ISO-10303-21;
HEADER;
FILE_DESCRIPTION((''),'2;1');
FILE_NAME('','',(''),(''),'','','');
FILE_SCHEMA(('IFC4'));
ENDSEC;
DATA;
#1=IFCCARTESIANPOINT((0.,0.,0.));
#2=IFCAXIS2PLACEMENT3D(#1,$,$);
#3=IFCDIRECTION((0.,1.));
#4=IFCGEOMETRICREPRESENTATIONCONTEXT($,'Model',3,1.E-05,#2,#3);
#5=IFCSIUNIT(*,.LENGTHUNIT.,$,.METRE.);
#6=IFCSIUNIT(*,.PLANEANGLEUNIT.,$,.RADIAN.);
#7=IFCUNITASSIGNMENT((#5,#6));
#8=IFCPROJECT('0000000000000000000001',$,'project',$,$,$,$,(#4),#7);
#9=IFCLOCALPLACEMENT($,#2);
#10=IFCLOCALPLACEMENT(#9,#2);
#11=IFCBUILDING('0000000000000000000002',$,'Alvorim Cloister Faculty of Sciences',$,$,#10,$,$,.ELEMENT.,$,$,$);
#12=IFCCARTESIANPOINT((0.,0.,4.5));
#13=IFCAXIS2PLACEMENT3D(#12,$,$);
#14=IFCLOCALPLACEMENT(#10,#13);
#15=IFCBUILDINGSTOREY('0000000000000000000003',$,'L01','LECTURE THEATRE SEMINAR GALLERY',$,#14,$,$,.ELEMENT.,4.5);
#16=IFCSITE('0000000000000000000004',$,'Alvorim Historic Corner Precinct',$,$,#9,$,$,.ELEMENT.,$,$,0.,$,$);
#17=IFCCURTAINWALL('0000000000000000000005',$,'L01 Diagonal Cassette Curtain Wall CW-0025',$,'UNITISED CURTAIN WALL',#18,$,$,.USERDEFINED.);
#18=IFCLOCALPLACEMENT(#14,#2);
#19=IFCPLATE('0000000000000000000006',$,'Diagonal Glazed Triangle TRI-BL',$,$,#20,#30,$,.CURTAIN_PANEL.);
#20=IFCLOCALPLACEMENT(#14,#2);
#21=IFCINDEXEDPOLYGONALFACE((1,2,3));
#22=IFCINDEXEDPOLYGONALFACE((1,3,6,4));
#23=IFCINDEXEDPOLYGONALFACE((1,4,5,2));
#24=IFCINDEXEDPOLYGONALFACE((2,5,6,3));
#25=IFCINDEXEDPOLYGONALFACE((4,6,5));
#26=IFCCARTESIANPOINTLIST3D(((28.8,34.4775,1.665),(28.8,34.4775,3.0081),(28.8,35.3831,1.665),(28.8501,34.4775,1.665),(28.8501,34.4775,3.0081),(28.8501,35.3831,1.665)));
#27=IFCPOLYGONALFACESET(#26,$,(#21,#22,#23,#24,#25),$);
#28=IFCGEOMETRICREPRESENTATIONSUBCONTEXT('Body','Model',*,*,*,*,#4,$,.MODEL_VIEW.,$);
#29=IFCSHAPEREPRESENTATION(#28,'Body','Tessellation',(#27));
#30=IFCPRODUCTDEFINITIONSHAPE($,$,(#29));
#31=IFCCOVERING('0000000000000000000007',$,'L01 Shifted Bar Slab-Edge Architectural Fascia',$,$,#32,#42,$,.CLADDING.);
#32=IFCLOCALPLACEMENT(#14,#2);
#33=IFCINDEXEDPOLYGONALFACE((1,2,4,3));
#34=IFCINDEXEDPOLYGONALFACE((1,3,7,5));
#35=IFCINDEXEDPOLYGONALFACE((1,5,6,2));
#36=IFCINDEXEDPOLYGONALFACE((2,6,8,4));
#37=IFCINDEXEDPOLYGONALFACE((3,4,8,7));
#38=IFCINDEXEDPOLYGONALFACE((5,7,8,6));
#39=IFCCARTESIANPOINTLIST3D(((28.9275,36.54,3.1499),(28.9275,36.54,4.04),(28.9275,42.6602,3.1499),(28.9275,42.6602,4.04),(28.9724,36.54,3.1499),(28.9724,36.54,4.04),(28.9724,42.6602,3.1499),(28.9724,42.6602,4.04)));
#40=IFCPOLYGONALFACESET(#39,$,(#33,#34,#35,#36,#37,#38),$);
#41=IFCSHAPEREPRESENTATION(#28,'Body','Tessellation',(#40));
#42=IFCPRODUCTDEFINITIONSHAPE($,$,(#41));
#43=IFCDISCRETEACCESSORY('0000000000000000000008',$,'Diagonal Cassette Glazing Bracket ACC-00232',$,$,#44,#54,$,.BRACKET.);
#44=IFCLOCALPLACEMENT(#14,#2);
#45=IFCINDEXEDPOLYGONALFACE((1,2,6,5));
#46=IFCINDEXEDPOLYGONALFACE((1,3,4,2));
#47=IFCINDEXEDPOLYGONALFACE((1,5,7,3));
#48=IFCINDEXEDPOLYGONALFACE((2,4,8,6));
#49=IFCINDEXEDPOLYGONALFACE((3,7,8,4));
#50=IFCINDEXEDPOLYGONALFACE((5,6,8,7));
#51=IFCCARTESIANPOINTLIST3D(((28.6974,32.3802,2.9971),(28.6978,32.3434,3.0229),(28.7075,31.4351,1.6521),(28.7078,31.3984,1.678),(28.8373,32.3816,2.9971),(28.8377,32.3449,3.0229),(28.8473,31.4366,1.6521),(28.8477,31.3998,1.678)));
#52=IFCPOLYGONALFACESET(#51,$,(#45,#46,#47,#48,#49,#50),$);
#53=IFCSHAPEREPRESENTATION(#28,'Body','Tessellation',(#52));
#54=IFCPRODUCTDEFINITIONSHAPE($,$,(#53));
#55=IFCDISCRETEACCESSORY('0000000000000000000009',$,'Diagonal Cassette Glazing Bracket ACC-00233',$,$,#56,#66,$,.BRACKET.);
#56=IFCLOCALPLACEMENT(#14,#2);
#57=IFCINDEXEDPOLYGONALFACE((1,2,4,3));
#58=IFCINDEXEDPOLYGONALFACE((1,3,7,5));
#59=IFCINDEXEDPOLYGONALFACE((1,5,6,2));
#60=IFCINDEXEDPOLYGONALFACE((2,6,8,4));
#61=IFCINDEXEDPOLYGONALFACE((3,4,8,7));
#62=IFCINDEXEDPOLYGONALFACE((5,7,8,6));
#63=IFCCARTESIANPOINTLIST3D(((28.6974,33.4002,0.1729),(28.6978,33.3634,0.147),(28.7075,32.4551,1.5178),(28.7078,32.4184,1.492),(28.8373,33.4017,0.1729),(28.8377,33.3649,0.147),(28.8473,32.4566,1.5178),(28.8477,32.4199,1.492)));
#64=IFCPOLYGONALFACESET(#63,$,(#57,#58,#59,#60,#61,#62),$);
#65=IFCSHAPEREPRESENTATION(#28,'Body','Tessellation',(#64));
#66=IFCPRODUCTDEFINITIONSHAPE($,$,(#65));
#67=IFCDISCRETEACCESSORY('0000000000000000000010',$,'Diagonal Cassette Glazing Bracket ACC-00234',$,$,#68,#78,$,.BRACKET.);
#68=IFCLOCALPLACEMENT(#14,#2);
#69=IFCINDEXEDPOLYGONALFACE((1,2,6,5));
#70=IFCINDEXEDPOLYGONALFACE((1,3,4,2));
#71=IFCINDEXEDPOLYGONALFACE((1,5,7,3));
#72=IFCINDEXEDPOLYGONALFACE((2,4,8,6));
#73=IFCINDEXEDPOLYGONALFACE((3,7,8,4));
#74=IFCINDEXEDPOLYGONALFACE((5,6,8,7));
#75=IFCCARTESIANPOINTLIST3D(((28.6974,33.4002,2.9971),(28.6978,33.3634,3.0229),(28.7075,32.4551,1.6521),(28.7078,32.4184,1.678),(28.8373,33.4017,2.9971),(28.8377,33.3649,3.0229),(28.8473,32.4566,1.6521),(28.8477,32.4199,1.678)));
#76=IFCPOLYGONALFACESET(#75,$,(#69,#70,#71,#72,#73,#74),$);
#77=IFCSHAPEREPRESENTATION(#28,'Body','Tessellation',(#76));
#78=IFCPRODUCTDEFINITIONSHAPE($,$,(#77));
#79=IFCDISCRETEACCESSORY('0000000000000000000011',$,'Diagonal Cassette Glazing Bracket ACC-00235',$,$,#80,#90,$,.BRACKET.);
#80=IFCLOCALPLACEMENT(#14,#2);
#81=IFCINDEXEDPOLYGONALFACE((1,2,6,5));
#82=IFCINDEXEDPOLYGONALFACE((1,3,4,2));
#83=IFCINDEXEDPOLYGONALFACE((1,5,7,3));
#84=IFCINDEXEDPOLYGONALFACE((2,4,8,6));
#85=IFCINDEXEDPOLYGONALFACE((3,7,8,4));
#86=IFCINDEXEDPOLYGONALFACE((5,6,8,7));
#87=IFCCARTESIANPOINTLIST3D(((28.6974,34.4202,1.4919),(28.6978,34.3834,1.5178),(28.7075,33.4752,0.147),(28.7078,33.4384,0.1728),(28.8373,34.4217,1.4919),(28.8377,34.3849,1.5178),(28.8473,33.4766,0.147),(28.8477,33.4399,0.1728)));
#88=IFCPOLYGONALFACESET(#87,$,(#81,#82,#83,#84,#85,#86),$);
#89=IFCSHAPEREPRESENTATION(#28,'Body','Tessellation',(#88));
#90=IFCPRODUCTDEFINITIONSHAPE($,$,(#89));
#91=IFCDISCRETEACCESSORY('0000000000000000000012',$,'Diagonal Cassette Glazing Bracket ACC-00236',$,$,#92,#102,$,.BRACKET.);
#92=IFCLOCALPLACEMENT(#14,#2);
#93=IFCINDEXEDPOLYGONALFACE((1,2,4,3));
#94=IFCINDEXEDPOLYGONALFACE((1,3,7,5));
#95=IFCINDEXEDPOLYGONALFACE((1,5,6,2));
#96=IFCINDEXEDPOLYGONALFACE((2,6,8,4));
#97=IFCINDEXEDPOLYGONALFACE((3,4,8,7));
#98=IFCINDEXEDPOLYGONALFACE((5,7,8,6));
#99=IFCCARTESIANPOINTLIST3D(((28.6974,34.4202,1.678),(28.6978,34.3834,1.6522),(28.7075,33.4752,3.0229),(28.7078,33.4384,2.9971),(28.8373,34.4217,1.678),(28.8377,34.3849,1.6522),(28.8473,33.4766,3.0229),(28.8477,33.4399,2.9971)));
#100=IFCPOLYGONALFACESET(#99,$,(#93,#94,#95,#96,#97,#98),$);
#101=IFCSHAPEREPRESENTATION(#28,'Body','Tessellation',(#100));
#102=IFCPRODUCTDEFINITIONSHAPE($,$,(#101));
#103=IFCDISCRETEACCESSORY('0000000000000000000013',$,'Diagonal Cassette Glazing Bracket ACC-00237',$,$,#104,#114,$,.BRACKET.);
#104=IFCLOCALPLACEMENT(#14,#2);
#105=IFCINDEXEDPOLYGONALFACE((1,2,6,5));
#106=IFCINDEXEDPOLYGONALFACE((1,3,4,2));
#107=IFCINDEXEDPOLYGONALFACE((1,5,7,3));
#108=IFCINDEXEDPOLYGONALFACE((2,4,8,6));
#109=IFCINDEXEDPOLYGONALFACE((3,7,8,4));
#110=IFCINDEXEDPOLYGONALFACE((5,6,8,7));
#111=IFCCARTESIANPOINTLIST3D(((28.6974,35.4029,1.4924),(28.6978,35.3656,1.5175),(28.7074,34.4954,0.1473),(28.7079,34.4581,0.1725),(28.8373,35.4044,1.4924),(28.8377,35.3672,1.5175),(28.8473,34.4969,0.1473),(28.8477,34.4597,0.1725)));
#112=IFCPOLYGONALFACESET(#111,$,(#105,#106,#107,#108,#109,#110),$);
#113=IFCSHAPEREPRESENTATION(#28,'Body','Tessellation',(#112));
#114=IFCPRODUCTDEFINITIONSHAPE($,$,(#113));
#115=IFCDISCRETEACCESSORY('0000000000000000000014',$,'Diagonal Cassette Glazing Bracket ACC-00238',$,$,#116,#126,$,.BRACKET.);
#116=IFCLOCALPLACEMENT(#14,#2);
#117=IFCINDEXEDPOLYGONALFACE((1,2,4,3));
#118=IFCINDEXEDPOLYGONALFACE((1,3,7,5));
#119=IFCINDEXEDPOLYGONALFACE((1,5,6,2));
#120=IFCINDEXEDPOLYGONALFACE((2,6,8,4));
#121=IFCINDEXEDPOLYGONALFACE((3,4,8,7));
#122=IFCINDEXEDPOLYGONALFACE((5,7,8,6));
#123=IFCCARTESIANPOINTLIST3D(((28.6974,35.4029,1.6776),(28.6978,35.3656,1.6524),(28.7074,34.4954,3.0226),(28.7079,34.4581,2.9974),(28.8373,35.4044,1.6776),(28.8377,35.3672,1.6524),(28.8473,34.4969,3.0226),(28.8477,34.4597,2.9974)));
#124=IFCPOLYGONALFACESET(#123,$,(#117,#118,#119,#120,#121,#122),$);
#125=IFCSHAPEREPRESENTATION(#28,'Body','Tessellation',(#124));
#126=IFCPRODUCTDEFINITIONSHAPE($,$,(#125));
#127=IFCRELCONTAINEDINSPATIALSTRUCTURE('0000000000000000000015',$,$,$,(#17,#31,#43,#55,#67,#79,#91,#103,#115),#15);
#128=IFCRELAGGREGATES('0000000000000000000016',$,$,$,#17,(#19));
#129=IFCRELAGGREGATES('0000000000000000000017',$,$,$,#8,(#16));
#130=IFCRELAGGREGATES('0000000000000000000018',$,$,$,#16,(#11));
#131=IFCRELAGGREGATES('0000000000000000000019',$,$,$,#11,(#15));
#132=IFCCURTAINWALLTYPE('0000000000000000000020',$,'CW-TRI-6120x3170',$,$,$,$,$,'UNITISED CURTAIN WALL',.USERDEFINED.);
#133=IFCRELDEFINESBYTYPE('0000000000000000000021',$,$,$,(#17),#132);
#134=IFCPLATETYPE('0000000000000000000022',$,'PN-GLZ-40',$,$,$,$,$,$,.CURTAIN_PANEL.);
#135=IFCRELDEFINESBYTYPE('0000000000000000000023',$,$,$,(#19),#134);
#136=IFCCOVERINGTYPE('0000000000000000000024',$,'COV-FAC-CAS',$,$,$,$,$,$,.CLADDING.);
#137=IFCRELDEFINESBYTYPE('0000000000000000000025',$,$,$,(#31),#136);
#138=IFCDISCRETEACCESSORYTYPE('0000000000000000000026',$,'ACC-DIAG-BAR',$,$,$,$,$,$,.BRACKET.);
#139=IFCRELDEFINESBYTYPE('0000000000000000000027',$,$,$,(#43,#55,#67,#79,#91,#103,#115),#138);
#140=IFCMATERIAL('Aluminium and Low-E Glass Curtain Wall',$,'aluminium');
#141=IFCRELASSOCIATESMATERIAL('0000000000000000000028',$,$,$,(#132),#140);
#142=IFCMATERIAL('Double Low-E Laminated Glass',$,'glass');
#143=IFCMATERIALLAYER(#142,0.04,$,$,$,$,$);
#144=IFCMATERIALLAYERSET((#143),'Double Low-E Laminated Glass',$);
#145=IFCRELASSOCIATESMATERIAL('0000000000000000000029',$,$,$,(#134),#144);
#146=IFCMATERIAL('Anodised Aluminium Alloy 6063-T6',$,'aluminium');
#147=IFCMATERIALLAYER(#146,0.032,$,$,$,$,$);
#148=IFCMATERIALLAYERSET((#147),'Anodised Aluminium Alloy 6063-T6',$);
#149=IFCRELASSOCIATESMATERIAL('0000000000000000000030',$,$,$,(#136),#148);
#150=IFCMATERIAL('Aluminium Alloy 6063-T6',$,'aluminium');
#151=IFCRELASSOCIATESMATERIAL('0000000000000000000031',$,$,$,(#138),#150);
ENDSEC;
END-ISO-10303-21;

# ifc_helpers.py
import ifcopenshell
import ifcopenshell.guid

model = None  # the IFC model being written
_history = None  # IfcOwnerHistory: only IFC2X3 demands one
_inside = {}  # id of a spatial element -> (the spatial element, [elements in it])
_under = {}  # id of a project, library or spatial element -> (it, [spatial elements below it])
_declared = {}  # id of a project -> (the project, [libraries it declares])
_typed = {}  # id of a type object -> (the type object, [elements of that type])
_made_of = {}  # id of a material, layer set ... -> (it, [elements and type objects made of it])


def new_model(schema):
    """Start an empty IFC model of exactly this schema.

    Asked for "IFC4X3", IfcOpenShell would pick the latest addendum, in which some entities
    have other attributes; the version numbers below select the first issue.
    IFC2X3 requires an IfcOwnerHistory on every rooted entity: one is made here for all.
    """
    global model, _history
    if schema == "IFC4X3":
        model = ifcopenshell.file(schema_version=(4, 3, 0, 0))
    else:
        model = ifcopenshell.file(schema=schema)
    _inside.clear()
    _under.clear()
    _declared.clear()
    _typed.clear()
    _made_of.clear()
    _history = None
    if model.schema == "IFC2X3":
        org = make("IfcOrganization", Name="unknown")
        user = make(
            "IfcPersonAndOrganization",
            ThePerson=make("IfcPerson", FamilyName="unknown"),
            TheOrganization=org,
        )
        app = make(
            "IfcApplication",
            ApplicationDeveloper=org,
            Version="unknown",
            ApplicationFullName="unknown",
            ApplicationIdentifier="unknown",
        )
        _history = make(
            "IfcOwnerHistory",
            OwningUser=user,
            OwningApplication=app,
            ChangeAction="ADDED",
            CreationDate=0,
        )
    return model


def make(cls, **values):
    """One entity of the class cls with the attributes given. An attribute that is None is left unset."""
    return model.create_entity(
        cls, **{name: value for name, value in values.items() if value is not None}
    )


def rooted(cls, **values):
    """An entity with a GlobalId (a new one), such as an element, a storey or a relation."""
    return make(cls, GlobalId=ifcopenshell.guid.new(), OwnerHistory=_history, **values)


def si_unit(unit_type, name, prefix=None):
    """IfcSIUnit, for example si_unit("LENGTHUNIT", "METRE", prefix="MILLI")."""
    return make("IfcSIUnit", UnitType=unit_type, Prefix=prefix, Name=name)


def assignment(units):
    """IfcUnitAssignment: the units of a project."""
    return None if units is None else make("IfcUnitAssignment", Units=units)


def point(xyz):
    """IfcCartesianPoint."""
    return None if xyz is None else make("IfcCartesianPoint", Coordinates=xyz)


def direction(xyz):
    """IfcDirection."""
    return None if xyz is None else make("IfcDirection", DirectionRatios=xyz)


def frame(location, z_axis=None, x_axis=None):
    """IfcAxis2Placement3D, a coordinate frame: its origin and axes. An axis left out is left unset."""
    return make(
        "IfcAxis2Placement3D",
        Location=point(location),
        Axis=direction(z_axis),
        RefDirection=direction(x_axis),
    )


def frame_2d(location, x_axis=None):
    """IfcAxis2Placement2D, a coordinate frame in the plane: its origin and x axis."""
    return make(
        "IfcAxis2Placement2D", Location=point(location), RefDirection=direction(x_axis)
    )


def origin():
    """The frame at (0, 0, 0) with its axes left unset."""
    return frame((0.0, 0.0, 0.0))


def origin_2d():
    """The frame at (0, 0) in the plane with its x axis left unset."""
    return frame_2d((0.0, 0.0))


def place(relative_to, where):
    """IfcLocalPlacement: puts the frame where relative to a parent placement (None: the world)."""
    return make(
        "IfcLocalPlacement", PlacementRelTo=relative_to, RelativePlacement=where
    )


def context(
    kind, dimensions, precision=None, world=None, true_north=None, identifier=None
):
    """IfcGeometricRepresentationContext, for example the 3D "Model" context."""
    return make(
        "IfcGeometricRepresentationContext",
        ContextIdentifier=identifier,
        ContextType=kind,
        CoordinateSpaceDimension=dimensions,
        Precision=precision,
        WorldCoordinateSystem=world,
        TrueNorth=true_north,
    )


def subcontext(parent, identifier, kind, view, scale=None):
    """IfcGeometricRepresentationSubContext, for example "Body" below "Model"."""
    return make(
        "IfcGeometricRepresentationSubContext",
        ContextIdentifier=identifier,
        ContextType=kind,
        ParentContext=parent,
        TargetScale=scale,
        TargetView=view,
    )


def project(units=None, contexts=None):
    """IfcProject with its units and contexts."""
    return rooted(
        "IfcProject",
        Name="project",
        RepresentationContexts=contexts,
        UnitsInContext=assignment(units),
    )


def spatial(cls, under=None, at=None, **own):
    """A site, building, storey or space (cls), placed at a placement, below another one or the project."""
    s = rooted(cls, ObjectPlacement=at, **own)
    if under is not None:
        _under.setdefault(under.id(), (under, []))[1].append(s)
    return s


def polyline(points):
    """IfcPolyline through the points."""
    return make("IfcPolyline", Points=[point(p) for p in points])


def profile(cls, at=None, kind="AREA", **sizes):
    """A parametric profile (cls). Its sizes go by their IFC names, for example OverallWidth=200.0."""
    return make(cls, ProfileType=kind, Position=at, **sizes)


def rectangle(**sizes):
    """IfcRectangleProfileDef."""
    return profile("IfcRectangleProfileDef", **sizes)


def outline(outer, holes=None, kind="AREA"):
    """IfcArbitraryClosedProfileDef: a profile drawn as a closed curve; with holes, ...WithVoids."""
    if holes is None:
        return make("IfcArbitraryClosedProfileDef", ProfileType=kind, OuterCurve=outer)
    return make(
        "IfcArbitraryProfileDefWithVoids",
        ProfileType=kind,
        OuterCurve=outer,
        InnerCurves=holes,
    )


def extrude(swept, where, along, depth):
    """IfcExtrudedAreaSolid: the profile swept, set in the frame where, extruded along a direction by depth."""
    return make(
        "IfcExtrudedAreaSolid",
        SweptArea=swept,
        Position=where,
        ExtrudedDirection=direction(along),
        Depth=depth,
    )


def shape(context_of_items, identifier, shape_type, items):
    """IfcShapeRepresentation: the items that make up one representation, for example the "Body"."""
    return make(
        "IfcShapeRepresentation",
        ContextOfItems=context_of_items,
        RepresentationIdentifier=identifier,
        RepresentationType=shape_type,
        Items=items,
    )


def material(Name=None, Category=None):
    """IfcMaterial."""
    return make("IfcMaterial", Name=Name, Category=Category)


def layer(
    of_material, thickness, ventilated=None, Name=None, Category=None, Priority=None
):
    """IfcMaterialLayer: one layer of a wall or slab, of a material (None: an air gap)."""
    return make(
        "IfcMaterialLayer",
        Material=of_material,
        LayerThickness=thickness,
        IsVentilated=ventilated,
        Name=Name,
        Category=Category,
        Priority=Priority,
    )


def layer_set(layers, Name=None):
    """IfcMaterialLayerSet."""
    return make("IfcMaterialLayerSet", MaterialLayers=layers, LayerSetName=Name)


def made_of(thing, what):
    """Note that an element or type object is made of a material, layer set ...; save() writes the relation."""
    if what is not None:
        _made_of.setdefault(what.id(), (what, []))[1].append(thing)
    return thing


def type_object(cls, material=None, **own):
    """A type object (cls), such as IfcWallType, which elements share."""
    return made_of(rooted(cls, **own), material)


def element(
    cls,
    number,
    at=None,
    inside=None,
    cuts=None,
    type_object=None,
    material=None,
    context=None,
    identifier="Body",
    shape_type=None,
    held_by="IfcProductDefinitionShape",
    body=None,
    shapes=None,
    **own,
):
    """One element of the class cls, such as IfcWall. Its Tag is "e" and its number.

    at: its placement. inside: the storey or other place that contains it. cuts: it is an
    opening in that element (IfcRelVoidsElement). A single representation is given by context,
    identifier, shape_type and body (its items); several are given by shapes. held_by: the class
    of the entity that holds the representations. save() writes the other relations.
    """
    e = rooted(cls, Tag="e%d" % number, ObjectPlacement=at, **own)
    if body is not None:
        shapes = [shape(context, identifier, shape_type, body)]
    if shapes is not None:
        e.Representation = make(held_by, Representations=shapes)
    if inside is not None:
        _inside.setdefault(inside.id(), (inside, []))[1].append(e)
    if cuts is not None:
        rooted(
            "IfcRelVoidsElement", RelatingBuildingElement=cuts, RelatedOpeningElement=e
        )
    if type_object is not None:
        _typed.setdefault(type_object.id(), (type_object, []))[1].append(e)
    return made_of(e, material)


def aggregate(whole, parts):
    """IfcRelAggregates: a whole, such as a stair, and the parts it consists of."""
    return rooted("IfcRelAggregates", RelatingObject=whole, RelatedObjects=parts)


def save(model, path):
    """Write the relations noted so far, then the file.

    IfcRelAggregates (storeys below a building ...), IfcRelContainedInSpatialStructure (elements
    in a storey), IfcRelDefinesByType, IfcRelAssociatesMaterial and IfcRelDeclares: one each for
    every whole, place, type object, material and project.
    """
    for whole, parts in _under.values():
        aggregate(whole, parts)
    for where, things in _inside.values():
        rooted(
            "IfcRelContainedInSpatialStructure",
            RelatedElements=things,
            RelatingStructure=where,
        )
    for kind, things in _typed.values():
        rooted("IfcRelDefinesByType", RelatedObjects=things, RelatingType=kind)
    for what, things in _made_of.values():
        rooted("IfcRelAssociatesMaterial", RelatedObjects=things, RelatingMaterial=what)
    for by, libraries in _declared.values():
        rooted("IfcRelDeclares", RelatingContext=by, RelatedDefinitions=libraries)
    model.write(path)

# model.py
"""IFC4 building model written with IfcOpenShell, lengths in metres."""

from ifc_helpers import new_model, si_unit, direction, frame, origin, origin_2d, place, context, subcontext, project, spatial, polyline, rectangle, outline, extrude, material, layer, layer_set, type_object, element, aggregate, save


model = new_model("IFC4")

# Units and contexts
model_context = context("Model", 3, precision=1e-05, world=origin(), true_north=direction((0.0, 1.0)))
body_context = subcontext(model_context, "Body", "Model", "MODEL_VIEW")
ifc_project = project(units=[si_unit("LENGTHUNIT", "METRE"), si_unit("PLANEANGLEUNIT", "RADIAN")], contexts=[model_context])

# Site, building, storey
site_placement = place(None, origin())
site = spatial("IfcSite", under=ifc_project, at=site_placement, Name="Alvorim Historic Corner Precinct", CompositionType="ELEMENT", RefElevation=0.0)
building_placement = place(site_placement, origin())
building = spatial("IfcBuilding", under=site, at=building_placement, Name="Alvorim Cloister Faculty of Sciences", CompositionType="ELEMENT")
storey_placement = place(building_placement, frame((0.0, 0.0, 4.5)))
storey = spatial("IfcBuildingStorey", under=building, at=storey_placement, Name="L01", Description="LECTURE THEATRE SEMINAR GALLERY", CompositionType="ELEMENT", Elevation=4.5)

# Curtain wall, plate
ifc_material_1 = material(Name="Aluminium and Low-E Glass Curtain Wall", Category="aluminium")
curtain_wall_type = type_object("IfcCurtainWallType", Name="CW-TRI-6120x3170", ElementType="UNITISED CURTAIN WALL", PredefinedType="USERDEFINED", material=ifc_material_1)
curtain_wall_placement = place(storey_placement, origin())
curtain_wall = element("IfcCurtainWall", 1, at=curtain_wall_placement, inside=storey, type_object=curtain_wall_type, Name="L01 Diagonal Cassette Curtain Wall CW-0025", ObjectType="UNITISED CURTAIN WALL", PredefinedType="USERDEFINED")
ifc_material_2 = material(Name="Double Low-E Laminated Glass", Category="glass")
ifc_layer_1 = layer(ifc_material_2, 0.04)
ifc_layer_set_1 = layer_set([ifc_layer_1], Name="Double Low-E Laminated Glass")
plate_type_1 = type_object("IfcPlateType", Name="PN-GLZ-40", PredefinedType="CURTAIN_PANEL", material=ifc_layer_set_1)
plate_1_placement = place(storey_placement, frame((28.825, 34.4775, 1.665), z_axis=(0.0, 0.0, 1.0), x_axis=(0.0, 1.0, 0.0)))
plate_1 = element("IfcPlate", 2, at=plate_1_placement, type_object=plate_type_1, Name="Diagonal Glazed Triangle TRI-BL", PredefinedType="CURTAIN_PANEL", context=body_context, shape_type="SweptSolid", body=[
    extrude(outline(polyline([(0.0, 0.0), (0.9055, 0.0), (0.0, 1.343), (0.0, 0.0)])), frame((0.0, 0.0249, 0.0), z_axis=(0.0, -1.0, 0.0), x_axis=(1.0, 0.0, 0.0)), (0.0, 0.0, 1.0), 0.05),
])
aggregate(curtain_wall, [plate_1])

# Covering
ifc_material_3 = material(Name="Anodised Aluminium Alloy 6063-T6", Category="aluminium")
ifc_layer_2 = layer(ifc_material_3, 0.032)
ifc_layer_set_2 = layer_set([ifc_layer_2], Name="Anodised Aluminium Alloy 6063-T6")
covering_type = type_object("IfcCoveringType", Name="COV-FAC-CAS", PredefinedType="CLADDING", material=ifc_layer_set_2)
covering_placement = place(storey_placement, frame((28.95, 36.54, 3.1499), z_axis=(0.0, 0.0, 1.0), x_axis=(0.0, 1.0, 0.0)))
element("IfcCovering", 3, at=covering_placement, inside=storey, type_object=covering_type, Name="L01 Shifted Bar Slab-Edge Architectural Fascia", PredefinedType="CLADDING", context=body_context, shape_type="SweptSolid", body=[
    extrude(outline(polyline([(0.0, 0.0), (6.1201, 0.0), (6.1201, 0.8901), (0.0, 0.8901), (0.0, 0.0)])), frame((0.0, 0.0225, 0.0), z_axis=(0.0, -1.0, 0.0), x_axis=(1.0, 0.0, 0.0)), (0.0, 0.0, 1.0), 0.0449),
])

# Discrete accessories
ifc_material_4 = material(Name="Aluminium Alloy 6063-T6", Category="aluminium")
discrete_accessory_type = type_object("IfcDiscreteAccessoryType", Name="ACC-DIAG-BAR", PredefinedType="BRACKET", material=ifc_material_4)
for number, where, z_axis, x_axis, name in (
    (4, (28.7776, 31.4175, 1.665), (-0.006089, 0.574916, 0.81819), (-0.999944, -0.010591, 0.0), "Diagonal Cassette Glazing Bracket ACC-00232"),
    (5, (28.7776, 32.4375, 1.5049), (-0.006089, 0.574916, -0.81819), (-0.999944, -0.010591, 0.0), "Diagonal Cassette Glazing Bracket ACC-00233"),
    (6, (28.7776, 32.4375, 1.665), (-0.006089, 0.574916, 0.81819), (-0.999944, -0.010591, 0.0), "Diagonal Cassette Glazing Bracket ACC-00234"),
    (7, (28.7776, 33.4575, 0.1599), (-0.006089, 0.574916, 0.81819), (-0.999944, -0.010591, 0.0), "Diagonal Cassette Glazing Bracket ACC-00235"),
    (8, (28.7776, 33.4575, 3.01), (-0.006089, 0.574916, -0.81819), (-0.999944, -0.010591, 0.0), "Diagonal Cassette Glazing Bracket ACC-00236"),
):
    element("IfcDiscreteAccessory", number, at=place(storey_placement, frame(where, z_axis=z_axis, x_axis=x_axis)), inside=storey, type_object=discrete_accessory_type, Name=name, PredefinedType="BRACKET", context=body_context, shape_type="SweptSolid", body=[
        extrude(rectangle(XDim=0.1399, YDim=0.0449, at=origin_2d()), origin(), (0.0, 0.0, 1.0), 1.6438),
    ])
for number, where, z_axis, x_axis, name in (
    (9, (28.7776, 34.4775, 0.1599), (-0.006169, 0.559299, 0.828943), (-0.999939, -0.01103, 0.0), "Diagonal Cassette Glazing Bracket ACC-00237"),
    (10, (28.7776, 34.4775, 3.01), (-0.006169, 0.559299, -0.828943), (-0.999939, -0.01103, 0.0), "Diagonal Cassette Glazing Bracket ACC-00238"),
):
    element("IfcDiscreteAccessory", number, at=place(storey_placement, frame(where, z_axis=z_axis, x_axis=x_axis)), inside=storey, type_object=discrete_accessory_type, Name=name, PredefinedType="BRACKET", context=body_context, shape_type="SweptSolid", body=[
        extrude(rectangle(XDim=0.1399, YDim=0.0449, at=origin_2d()), origin(), (0.0, 0.0, 1.0), 1.6226),
    ])

save(model, "model.ifc")
